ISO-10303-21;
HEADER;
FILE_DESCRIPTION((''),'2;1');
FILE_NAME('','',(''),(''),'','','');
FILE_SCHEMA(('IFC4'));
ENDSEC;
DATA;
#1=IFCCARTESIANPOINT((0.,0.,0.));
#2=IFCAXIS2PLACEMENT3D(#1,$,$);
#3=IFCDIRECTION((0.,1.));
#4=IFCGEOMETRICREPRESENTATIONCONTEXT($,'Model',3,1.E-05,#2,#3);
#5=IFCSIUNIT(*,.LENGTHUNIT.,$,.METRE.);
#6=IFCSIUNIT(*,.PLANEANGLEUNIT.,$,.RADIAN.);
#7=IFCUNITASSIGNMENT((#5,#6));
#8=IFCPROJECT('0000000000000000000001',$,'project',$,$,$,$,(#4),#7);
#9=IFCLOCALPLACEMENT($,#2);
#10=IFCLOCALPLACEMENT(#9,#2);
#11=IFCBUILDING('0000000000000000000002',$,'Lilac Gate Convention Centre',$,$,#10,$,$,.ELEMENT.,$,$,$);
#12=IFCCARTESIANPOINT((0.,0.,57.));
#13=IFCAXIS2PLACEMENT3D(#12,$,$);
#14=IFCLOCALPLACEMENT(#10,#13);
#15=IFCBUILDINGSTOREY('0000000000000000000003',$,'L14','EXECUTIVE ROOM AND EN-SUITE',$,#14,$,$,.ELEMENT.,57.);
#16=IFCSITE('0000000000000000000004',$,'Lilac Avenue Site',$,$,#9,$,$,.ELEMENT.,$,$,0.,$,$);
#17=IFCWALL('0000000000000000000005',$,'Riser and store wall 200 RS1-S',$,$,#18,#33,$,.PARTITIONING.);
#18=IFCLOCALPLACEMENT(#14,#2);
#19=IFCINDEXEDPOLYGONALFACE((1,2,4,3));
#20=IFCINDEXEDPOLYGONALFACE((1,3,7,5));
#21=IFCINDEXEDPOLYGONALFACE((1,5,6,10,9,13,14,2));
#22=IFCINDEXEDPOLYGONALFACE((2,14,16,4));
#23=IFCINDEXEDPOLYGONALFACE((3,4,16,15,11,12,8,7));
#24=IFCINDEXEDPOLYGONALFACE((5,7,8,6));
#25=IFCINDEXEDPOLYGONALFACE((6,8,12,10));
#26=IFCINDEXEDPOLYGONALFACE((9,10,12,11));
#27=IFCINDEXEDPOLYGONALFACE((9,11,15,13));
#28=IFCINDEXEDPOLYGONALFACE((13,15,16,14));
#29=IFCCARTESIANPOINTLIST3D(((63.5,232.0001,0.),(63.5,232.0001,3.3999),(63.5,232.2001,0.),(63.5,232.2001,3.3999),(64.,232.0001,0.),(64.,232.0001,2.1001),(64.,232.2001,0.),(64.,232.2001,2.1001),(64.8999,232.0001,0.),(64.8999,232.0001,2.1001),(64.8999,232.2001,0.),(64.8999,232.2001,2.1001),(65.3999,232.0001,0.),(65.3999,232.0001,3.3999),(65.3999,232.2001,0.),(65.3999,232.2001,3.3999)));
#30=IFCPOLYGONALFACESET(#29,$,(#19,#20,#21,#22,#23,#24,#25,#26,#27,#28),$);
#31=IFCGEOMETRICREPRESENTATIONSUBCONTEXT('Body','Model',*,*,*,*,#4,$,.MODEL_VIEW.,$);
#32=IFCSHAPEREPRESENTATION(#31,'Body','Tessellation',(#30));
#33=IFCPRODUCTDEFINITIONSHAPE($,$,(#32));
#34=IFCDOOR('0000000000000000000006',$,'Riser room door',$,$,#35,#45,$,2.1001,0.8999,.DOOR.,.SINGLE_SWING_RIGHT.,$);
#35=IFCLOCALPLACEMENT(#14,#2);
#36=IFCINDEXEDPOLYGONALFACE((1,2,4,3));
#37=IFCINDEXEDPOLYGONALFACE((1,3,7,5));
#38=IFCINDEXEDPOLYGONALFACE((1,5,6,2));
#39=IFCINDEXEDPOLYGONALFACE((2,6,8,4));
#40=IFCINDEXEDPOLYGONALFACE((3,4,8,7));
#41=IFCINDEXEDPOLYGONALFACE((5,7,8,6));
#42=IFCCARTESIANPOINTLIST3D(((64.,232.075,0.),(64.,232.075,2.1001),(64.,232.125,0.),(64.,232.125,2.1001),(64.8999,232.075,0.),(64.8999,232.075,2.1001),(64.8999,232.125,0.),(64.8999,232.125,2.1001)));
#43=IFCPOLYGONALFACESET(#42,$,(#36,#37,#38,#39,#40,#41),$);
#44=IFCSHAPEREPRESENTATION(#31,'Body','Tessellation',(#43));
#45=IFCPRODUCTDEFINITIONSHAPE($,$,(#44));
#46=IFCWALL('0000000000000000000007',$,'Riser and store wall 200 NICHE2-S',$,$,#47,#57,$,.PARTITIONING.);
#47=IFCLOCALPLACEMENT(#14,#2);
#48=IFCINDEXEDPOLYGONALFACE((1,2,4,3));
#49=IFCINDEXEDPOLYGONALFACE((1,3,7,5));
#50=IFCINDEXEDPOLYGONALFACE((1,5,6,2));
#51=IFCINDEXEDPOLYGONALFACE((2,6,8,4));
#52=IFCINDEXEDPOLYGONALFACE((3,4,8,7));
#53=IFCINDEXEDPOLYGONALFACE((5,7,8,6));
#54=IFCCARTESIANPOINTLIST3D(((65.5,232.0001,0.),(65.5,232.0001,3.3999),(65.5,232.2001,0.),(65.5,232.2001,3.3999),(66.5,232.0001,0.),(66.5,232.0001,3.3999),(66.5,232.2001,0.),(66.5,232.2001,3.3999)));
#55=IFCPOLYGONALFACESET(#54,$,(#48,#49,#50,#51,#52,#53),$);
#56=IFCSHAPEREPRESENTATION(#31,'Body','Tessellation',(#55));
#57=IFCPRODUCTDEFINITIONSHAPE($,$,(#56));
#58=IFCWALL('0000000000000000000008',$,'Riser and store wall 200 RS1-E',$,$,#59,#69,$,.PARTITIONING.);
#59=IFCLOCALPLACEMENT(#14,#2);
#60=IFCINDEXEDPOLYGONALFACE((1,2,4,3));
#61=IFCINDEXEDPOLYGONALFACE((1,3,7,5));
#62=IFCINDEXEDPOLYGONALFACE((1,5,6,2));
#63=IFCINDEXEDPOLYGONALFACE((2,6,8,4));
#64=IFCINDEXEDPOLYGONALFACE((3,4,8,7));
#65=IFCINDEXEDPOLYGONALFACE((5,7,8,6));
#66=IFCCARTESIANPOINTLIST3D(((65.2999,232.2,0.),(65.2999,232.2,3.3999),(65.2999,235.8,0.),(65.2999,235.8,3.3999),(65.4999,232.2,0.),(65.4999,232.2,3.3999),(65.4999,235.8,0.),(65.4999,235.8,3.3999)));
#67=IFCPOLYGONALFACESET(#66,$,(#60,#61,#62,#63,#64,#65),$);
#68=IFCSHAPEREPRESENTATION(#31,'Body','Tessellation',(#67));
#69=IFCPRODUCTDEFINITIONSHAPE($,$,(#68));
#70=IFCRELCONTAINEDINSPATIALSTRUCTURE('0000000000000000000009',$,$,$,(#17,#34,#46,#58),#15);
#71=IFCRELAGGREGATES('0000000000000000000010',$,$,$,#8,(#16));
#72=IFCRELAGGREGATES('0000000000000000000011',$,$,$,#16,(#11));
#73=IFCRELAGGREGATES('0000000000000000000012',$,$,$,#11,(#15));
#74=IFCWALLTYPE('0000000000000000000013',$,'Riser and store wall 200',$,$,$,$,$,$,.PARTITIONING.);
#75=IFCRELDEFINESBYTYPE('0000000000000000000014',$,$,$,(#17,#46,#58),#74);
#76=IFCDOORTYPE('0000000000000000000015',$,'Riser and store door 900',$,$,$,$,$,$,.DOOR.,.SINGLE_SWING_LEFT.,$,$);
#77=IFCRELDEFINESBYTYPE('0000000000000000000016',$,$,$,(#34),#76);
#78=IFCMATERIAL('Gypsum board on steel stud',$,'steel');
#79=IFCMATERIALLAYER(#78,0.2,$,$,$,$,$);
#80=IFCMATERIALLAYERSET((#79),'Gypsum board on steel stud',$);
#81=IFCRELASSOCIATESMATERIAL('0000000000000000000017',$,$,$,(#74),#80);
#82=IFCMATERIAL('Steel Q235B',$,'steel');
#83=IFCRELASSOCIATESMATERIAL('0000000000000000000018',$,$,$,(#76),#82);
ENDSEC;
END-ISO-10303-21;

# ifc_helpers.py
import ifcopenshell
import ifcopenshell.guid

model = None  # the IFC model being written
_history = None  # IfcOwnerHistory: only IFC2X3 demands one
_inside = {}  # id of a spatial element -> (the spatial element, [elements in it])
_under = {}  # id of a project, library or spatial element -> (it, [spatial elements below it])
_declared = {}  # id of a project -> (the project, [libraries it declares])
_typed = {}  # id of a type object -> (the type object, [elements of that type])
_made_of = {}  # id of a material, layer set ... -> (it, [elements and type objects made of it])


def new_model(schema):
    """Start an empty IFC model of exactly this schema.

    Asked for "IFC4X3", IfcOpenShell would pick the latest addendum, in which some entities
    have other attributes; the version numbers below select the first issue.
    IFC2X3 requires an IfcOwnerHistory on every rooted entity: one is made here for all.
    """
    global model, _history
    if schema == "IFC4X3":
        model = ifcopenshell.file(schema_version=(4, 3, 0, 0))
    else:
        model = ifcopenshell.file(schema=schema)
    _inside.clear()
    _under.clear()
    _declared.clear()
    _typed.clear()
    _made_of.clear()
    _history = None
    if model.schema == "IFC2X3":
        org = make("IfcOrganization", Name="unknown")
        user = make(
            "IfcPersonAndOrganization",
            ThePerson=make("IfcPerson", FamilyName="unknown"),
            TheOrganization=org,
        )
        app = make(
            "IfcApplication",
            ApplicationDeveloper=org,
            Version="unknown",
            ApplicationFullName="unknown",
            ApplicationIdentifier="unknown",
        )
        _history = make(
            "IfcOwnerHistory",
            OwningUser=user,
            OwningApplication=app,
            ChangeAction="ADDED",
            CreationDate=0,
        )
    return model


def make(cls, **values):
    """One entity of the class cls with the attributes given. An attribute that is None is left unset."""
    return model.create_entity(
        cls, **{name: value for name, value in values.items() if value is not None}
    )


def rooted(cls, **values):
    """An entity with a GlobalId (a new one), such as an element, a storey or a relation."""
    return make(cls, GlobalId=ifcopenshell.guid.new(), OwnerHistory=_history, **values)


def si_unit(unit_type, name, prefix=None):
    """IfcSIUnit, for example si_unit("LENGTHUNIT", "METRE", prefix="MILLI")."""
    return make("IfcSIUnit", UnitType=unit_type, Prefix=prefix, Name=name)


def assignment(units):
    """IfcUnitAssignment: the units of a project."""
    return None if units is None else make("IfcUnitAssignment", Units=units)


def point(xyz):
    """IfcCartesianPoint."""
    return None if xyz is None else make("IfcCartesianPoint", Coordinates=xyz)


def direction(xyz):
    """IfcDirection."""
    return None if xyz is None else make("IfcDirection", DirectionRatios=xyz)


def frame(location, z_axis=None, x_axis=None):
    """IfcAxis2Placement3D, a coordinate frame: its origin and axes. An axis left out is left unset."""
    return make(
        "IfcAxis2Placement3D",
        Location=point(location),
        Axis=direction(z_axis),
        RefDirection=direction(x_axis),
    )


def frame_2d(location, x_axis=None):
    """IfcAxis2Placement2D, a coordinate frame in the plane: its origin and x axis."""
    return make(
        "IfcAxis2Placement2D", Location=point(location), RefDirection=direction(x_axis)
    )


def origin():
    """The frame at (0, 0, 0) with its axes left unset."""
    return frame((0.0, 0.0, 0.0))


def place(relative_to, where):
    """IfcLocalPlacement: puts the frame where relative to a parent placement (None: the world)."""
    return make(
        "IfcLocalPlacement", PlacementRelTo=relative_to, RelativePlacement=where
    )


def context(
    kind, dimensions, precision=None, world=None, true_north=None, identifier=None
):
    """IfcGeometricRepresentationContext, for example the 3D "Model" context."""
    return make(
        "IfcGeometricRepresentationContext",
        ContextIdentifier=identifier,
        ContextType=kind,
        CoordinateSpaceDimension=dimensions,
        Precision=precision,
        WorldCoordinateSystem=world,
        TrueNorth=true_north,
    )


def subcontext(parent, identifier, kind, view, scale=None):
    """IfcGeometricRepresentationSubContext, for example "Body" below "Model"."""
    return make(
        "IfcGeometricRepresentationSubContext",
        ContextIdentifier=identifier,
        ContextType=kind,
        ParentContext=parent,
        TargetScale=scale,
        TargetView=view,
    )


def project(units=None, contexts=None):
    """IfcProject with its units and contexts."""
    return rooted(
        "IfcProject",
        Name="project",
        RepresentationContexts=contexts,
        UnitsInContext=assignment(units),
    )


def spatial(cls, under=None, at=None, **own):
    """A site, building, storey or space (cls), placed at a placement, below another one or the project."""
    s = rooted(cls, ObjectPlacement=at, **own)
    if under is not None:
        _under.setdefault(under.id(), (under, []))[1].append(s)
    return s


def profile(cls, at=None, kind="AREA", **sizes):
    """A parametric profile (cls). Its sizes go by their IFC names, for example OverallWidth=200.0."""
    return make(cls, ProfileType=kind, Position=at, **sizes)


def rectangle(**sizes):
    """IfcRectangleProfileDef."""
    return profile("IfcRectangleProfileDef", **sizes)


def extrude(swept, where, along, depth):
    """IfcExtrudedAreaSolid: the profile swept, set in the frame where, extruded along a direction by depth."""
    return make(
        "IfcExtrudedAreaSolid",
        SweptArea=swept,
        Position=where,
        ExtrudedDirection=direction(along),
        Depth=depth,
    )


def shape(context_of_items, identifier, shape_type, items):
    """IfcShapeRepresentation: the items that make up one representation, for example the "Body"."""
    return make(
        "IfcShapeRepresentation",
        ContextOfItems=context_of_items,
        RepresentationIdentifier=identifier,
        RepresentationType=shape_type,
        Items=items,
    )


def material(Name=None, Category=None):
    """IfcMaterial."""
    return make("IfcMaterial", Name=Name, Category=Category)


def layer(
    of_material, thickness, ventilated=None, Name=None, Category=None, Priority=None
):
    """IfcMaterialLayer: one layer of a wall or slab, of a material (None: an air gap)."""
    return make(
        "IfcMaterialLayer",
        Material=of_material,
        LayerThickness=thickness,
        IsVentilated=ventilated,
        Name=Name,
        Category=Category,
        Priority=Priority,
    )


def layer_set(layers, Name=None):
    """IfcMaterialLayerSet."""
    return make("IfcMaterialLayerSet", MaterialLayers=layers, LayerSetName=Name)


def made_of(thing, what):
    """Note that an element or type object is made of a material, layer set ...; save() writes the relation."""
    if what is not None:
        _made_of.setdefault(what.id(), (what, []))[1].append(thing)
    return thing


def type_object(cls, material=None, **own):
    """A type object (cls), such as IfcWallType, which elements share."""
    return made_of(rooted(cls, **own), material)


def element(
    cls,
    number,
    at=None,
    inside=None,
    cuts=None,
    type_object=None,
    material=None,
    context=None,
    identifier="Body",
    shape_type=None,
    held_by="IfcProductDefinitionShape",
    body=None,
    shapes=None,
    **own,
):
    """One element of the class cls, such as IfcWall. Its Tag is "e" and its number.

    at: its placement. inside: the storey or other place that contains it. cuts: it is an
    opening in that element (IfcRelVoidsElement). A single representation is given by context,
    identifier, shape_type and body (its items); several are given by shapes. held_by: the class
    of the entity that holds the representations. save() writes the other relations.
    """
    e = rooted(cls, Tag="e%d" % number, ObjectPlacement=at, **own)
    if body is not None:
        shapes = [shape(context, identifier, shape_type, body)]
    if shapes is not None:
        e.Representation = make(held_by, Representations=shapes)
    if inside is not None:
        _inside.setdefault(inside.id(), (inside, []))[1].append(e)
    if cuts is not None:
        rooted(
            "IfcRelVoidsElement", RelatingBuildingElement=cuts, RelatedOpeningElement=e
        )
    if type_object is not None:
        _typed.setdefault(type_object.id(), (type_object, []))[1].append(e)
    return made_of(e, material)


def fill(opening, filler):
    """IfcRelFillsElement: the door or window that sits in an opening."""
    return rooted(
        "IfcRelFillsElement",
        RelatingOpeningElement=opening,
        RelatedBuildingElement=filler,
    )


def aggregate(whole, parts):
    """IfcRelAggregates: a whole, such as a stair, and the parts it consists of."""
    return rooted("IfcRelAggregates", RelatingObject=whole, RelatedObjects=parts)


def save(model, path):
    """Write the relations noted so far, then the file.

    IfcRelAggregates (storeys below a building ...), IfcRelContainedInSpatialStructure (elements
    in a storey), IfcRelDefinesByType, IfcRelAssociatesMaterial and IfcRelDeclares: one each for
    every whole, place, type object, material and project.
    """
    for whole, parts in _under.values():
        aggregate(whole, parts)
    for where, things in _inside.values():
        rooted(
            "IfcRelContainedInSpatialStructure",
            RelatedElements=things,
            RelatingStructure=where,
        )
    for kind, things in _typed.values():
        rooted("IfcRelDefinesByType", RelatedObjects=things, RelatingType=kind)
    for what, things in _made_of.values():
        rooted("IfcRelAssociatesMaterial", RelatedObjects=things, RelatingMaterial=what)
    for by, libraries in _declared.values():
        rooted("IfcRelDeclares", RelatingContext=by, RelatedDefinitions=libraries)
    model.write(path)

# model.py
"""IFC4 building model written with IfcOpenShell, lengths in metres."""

from ifc_helpers import new_model, si_unit, direction, frame, frame_2d, origin, place, context, subcontext, project, spatial, rectangle, extrude, material, layer, layer_set, type_object, element, fill, save


model = new_model("IFC4")

# Units and contexts
model_context = context("Model", 3, precision=1e-05, world=origin(), true_north=direction((0.0, 1.0)))
body_context = subcontext(model_context, "Body", "Model", "MODEL_VIEW")
ifc_project = project(units=[si_unit("LENGTHUNIT", "METRE"), si_unit("PLANEANGLEUNIT", "RADIAN")], contexts=[model_context])

# Site, building, storey
site_placement = place(None, origin())
site = spatial("IfcSite", under=ifc_project, at=site_placement, Name="Lilac Avenue Site", CompositionType="ELEMENT", RefElevation=0.0)
building_placement = place(site_placement, origin())
building = spatial("IfcBuilding", under=site, at=building_placement, Name="Lilac Gate Convention Centre", CompositionType="ELEMENT")
storey_placement = place(building_placement, frame((0.0, 0.0, 57.0)))
storey = spatial("IfcBuildingStorey", under=building, at=storey_placement, Name="L14", Description="EXECUTIVE ROOM AND EN-SUITE", CompositionType="ELEMENT", Elevation=57.0)

# Wall, opening, door
ifc_material_1 = material(Name="Gypsum board on steel stud", Category="steel")
ifc_layer_1 = layer(ifc_material_1, 0.2)
ifc_layer_set_1 = layer_set([ifc_layer_1], Name="Gypsum board on steel stud")
wall_type_1 = type_object("IfcWallType", Name="Riser and store wall 200", PredefinedType="PARTITIONING", material=ifc_layer_set_1)
wall_1_placement = place(storey_placement, frame((63.5, 232.1001, 0.0), z_axis=(0.0, 0.0, 1.0), x_axis=(1.0, 0.0, 0.0)))
wall_1 = element("IfcWall", 1, at=wall_1_placement, inside=storey, type_object=wall_type_1, Name="Riser and store wall 200 RS1-S", PredefinedType="PARTITIONING", context=body_context, shape_type="SweptSolid", body=[
    extrude(rectangle(XDim=1.8999, YDim=0.2, at=frame_2d((0.95, 0.0))), origin(), (0.0, 0.0, 1.0), 3.3999),
])
opening_1_placement = place(wall_1_placement, frame((0.5, 0.0, 0.0)))
opening_1 = element("IfcOpeningElement", 2, at=opening_1_placement, cuts=wall_1, PredefinedType="OPENING", context=body_context, shape_type="SweptSolid", body=[
    extrude(rectangle(XDim=0.8999, YDim=2.1001, at=frame_2d((0.45, 1.05))), frame((0.0, 0.1099, 0.0), z_axis=(0.0, -1.0, 0.0), x_axis=(1.0, 0.0, 0.0)), (0.0, 0.0, 1.0), 0.22),
])
ifc_material_2 = material(Name="Steel Q235B", Category="steel")
door_type_1 = type_object("IfcDoorType", Name="Riser and store door 900", OperationType="SINGLE_SWING_LEFT", PredefinedType="DOOR", material=ifc_material_2)
door_1_placement = place(opening_1_placement, origin())
door_1 = element("IfcDoor", 3, at=door_1_placement, inside=storey, type_object=door_type_1, Name="Riser room door", OperationType="SINGLE_SWING_RIGHT", OverallHeight=2.1001, OverallWidth=0.8999, PredefinedType="DOOR", context=body_context, shape_type="SweptSolid", body=[
    extrude(rectangle(XDim=0.8999, YDim=2.1001, at=frame_2d((0.45, 1.05))), frame((0.0, 0.0249, 0.0), z_axis=(0.0, -1.0, 0.0), x_axis=(1.0, 0.0, 0.0)), (0.0, 0.0, 1.0), 0.05),
])
fill(opening_1, door_1)

# Walls
wall_2_placement = place(storey_placement, frame((65.5, 232.1001, 0.0), z_axis=(0.0, 0.0, 1.0), x_axis=(1.0, 0.0, 0.0)))
element("IfcWall", 4, at=wall_2_placement, inside=storey, type_object=wall_type_1, Name="Riser and store wall 200 NICHE2-S", PredefinedType="PARTITIONING", context=body_context, shape_type="SweptSolid", body=[
    extrude(rectangle(XDim=1.0, YDim=0.2, at=frame_2d((0.5, 0.0))), origin(), (0.0, 0.0, 1.0), 3.3999),
])
wall_3_placement = place(storey_placement, frame((65.3999, 232.2, 0.0), z_axis=(0.0, 0.0, 1.0), x_axis=(0.0, 1.0, 0.0)))
element("IfcWall", 5, at=wall_3_placement, inside=storey, type_object=wall_type_1, Name="Riser and store wall 200 RS1-E", PredefinedType="PARTITIONING", context=body_context, shape_type="SweptSolid", body=[
    extrude(rectangle(XDim=3.6001, YDim=0.2, at=frame_2d((1.8, 0.0))), origin(), (0.0, 0.0, 1.0), 3.3999),
])

save(model, "model.ifc")
